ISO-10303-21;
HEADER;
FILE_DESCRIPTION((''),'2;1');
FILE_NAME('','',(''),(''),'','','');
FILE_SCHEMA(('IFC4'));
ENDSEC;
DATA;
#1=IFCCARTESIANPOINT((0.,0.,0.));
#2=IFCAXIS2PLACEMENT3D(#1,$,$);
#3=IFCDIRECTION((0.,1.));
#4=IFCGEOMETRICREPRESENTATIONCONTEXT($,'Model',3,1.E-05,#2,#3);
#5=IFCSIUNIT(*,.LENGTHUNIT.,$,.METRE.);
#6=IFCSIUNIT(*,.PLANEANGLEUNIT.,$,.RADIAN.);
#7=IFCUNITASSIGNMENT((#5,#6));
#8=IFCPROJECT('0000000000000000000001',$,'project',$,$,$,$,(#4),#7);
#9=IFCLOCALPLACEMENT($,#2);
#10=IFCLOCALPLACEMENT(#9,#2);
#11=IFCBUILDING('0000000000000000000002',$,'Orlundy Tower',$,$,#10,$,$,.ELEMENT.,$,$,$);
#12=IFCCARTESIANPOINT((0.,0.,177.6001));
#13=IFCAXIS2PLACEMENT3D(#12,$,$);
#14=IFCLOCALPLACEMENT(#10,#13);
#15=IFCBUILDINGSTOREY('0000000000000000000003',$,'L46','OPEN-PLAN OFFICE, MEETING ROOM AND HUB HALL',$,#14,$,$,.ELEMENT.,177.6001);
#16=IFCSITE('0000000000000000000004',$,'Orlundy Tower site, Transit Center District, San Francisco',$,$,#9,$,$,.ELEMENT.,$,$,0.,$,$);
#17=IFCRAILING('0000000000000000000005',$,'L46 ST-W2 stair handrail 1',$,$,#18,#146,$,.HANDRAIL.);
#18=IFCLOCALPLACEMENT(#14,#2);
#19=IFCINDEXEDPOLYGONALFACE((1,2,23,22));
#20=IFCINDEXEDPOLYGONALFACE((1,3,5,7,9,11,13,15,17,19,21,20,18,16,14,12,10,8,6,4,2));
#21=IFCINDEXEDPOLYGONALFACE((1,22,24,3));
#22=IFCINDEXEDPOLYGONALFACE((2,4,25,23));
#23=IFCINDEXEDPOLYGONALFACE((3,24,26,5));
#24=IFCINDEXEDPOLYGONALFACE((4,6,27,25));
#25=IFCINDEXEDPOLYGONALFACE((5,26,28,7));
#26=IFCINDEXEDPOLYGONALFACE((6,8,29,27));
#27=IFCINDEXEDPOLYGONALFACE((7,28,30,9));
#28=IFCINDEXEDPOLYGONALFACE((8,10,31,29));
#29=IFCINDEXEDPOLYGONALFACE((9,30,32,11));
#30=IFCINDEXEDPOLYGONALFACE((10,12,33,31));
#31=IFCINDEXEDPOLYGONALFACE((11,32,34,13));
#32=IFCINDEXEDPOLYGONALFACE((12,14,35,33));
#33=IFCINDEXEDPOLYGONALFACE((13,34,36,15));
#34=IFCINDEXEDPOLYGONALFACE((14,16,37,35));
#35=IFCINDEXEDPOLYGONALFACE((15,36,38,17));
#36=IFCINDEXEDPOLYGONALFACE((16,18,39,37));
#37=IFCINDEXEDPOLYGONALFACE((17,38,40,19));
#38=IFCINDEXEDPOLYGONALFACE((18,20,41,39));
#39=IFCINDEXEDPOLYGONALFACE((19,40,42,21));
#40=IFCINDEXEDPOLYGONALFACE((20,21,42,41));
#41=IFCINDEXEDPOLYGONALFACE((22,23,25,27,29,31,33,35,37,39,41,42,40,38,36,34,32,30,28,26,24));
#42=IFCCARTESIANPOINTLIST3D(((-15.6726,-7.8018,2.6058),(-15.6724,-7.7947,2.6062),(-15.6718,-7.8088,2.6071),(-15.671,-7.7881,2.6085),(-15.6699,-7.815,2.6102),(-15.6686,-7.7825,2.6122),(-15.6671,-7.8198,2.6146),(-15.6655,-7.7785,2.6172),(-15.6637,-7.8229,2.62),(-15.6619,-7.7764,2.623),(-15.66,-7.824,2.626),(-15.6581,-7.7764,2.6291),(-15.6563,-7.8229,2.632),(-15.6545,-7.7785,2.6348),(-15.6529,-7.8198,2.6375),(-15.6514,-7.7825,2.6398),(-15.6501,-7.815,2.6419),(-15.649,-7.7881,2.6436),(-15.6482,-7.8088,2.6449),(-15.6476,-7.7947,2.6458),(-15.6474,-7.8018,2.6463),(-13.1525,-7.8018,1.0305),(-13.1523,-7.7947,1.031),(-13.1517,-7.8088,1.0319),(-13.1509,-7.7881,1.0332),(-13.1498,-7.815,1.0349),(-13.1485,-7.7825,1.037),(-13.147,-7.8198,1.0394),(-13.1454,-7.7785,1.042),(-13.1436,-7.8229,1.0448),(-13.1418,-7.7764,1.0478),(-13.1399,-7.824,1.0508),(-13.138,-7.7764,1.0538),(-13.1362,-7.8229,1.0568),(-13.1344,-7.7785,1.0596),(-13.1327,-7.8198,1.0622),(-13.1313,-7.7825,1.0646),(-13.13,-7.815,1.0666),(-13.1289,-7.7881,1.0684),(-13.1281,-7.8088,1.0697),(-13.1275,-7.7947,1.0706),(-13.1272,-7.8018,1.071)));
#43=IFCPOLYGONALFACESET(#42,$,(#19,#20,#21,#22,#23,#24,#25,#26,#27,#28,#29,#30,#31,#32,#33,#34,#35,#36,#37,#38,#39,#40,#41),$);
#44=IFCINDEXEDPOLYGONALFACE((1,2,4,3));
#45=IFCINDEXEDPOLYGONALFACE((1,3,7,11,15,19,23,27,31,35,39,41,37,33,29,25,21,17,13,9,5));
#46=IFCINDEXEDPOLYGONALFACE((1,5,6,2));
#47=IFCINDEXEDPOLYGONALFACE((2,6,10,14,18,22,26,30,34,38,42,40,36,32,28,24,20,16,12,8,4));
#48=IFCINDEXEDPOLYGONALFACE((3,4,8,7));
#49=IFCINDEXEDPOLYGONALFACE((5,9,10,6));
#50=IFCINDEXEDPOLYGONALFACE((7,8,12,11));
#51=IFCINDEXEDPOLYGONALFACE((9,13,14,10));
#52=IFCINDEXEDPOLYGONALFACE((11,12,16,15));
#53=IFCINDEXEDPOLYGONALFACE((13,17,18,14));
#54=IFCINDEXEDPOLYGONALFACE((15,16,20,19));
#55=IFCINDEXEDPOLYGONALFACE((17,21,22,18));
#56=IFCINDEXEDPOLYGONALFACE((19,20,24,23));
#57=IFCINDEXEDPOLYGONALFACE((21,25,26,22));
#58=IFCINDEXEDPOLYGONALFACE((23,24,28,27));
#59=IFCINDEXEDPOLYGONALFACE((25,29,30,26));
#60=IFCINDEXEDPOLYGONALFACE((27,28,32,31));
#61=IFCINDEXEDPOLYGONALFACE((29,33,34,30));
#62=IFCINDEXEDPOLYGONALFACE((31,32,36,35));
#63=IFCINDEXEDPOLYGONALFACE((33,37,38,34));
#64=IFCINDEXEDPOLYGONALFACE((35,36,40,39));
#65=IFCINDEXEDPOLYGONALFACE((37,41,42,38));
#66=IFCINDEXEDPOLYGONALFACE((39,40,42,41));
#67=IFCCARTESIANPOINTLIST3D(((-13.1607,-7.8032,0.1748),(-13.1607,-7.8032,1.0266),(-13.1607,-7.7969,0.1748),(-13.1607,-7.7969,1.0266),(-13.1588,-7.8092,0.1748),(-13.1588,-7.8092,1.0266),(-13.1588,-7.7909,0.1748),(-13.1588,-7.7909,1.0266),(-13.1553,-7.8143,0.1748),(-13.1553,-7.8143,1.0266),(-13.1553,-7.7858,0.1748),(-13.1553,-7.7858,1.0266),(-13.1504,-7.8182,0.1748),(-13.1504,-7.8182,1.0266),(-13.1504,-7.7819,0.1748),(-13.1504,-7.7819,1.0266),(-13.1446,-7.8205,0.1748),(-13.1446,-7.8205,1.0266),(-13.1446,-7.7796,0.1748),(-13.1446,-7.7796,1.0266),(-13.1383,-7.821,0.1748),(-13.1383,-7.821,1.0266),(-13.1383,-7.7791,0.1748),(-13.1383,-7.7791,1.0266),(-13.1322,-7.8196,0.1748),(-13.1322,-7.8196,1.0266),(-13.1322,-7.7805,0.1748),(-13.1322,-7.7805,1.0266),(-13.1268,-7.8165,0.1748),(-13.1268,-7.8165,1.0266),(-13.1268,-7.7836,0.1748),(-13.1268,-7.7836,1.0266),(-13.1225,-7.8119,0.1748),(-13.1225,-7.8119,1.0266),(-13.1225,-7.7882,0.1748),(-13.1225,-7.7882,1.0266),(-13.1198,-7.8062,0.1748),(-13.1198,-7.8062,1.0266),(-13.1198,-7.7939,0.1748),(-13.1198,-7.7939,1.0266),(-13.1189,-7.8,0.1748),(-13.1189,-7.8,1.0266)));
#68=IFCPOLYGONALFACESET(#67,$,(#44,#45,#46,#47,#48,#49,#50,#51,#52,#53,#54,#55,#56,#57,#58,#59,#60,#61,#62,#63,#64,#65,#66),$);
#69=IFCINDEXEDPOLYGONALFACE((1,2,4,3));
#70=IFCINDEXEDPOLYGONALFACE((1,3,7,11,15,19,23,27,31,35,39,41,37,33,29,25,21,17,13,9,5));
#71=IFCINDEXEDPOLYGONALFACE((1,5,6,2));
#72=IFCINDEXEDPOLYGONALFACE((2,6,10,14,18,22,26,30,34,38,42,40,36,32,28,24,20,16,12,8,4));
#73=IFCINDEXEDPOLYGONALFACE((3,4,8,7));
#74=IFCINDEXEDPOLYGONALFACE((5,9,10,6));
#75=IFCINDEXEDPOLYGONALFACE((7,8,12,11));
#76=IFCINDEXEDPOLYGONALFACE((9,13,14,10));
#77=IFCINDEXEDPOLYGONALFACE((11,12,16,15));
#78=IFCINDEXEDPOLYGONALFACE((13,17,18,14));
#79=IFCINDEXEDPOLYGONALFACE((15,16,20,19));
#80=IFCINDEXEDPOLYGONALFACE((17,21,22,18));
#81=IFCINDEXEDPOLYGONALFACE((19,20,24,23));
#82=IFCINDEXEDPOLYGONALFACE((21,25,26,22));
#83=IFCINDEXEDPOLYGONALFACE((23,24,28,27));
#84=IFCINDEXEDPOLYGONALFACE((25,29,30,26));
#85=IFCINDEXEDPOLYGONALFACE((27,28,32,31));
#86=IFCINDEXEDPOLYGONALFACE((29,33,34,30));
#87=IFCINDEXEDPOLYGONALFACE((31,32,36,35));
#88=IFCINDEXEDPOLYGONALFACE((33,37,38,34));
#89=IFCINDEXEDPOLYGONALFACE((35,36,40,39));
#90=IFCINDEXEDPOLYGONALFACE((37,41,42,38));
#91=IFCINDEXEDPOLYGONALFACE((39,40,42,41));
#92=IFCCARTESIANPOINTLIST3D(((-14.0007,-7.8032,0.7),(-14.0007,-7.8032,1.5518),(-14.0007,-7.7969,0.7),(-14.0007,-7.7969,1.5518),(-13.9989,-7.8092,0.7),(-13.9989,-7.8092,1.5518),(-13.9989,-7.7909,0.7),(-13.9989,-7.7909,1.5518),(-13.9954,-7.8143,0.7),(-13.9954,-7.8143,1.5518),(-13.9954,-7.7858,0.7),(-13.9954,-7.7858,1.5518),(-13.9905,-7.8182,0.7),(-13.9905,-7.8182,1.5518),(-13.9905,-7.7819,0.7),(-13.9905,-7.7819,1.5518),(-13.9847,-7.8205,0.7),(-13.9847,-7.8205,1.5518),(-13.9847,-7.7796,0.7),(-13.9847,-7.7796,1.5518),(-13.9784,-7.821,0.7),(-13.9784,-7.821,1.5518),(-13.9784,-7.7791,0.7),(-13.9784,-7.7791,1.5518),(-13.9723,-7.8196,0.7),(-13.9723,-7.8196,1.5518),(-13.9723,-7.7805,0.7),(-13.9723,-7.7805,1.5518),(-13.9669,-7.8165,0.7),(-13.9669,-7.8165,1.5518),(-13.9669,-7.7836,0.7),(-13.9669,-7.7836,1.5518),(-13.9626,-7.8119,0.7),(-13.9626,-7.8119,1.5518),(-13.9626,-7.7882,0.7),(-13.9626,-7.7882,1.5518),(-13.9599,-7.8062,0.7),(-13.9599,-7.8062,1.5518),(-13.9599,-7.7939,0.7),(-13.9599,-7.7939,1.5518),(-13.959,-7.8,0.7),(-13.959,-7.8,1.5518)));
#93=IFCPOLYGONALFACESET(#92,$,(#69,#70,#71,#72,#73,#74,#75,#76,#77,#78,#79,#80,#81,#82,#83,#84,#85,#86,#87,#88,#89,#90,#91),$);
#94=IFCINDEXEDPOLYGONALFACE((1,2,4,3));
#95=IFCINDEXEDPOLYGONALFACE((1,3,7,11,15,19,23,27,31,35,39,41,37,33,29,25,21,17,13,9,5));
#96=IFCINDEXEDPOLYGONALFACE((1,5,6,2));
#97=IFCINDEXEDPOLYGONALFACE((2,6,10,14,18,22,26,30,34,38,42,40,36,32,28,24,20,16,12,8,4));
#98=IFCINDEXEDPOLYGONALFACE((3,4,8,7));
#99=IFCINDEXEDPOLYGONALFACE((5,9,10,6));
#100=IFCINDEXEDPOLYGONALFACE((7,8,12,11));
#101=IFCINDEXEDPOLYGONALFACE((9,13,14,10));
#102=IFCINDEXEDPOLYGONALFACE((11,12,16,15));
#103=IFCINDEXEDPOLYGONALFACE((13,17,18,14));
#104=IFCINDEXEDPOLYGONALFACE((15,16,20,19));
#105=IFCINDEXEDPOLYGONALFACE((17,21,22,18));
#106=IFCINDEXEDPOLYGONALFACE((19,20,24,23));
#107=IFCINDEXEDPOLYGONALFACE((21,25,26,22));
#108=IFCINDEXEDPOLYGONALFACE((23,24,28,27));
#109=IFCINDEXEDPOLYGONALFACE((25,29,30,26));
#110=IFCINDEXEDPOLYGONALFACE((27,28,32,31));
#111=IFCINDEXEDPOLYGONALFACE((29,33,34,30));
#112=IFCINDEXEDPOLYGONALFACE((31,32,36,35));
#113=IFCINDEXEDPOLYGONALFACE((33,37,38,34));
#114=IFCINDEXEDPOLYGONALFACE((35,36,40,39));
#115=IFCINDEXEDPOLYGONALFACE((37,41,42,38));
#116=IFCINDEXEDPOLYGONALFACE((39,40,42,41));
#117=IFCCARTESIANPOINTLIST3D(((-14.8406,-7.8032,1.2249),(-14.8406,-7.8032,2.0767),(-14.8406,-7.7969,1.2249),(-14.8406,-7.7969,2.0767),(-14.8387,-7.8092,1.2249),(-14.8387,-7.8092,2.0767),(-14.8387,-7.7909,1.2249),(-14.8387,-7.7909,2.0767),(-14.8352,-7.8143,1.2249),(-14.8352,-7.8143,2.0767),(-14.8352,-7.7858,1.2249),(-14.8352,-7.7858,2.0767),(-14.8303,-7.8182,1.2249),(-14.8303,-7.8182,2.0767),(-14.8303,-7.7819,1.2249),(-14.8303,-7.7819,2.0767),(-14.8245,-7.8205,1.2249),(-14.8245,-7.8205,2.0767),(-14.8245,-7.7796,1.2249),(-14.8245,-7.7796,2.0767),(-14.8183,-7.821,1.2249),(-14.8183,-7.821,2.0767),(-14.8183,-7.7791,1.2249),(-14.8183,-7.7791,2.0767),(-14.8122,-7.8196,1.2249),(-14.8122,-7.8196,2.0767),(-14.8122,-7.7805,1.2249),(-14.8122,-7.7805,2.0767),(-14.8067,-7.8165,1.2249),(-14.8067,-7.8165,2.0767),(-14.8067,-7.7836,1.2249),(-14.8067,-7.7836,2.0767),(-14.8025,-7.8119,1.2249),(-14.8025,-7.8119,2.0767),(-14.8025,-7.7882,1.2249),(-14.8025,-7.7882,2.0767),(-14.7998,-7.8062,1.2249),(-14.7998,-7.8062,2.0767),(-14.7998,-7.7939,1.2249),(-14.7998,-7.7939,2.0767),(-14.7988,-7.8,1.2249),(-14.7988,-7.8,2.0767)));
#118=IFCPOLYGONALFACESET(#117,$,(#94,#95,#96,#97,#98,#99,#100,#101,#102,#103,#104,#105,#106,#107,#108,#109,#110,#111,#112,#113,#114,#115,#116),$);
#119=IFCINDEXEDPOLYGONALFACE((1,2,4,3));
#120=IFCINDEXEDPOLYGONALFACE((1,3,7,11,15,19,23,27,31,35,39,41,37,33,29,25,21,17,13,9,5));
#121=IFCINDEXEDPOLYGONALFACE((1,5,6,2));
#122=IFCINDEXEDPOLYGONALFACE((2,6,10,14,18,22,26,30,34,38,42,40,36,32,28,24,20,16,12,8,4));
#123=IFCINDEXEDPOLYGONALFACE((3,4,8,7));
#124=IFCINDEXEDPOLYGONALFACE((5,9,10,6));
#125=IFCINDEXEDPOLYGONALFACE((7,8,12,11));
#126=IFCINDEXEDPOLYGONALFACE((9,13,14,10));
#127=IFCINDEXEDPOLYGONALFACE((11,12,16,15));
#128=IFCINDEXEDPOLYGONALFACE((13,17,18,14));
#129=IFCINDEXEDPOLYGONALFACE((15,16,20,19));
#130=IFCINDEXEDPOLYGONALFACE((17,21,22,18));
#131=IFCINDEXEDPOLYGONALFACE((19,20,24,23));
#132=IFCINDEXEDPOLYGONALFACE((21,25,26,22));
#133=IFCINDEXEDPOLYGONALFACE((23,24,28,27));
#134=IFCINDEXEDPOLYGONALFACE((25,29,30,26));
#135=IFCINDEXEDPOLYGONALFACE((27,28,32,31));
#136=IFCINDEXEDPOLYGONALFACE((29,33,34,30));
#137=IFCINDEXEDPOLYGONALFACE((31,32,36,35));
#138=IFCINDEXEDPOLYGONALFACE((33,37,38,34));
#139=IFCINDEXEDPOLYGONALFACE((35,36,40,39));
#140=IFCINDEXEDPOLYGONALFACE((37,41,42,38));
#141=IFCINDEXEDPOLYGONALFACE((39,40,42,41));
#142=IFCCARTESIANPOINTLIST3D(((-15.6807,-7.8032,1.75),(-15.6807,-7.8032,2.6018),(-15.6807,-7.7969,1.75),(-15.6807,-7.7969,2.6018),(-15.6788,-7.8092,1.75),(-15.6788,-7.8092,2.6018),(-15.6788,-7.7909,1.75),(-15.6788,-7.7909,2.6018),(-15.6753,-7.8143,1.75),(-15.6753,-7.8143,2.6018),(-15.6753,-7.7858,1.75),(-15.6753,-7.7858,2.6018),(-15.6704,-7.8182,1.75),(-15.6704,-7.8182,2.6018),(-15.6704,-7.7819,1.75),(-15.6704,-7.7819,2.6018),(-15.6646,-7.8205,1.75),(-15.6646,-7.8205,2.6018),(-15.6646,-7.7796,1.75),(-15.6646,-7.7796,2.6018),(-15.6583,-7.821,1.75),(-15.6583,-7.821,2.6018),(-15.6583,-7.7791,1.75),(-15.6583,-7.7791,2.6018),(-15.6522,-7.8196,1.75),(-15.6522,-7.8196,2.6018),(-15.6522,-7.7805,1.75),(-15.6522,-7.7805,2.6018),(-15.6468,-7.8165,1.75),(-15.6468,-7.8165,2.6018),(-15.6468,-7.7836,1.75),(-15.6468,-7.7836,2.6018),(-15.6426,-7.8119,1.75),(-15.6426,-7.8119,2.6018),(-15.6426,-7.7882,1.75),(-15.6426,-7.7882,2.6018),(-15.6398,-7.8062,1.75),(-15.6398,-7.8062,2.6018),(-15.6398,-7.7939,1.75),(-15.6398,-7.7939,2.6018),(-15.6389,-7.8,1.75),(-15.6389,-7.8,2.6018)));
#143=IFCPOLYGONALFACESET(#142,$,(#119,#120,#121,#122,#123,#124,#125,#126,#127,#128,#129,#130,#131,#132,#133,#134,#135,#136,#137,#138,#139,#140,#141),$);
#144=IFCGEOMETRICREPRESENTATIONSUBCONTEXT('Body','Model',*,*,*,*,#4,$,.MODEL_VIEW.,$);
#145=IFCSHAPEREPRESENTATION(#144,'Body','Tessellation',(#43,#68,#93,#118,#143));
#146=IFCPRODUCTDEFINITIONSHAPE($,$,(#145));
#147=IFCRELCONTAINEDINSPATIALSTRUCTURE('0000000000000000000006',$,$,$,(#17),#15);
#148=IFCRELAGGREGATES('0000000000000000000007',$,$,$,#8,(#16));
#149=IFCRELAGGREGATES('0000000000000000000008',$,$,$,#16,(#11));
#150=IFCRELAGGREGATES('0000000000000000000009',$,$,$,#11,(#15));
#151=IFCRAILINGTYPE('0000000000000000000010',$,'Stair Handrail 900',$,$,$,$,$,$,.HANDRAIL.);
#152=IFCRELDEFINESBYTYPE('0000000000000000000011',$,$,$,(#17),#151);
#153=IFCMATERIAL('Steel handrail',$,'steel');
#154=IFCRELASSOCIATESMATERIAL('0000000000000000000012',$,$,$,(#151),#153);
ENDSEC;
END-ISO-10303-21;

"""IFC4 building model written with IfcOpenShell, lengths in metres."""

from ifc_helpers import new_model, si_unit, direction, frame, origin, origin_2d, place, context, subcontext, project, spatial, circle, extrude, material, type_object, element, save


model = new_model("IFC4")

# Units and contexts
model_context = context("Model", 3, precision=1e-05, world=origin(), true_north=direction((0.0, 1.0)))
body_context = subcontext(model_context, "Body", "Model", "MODEL_VIEW")
ifc_project = project(units=[si_unit("LENGTHUNIT", "METRE"), si_unit("PLANEANGLEUNIT", "RADIAN")], contexts=[model_context])

# Site, building, storey
site_placement = place(None, origin())
site = spatial("IfcSite", under=ifc_project, at=site_placement, Name="Orlundy Tower site, Transit Center District, San Francisco", CompositionType="ELEMENT", RefElevation=0.0)
building_placement = place(site_placement, origin())
building = spatial("IfcBuilding", under=site, at=building_placement, Name="Orlundy Tower", CompositionType="ELEMENT")
storey_placement = place(building_placement, frame((0.0, 0.0, 177.6001)))
storey = spatial("IfcBuildingStorey", under=building, at=storey_placement, Name="L46", Description="OPEN-PLAN OFFICE, MEETING ROOM AND HUB HALL", CompositionType="ELEMENT", Elevation=177.6001)

# Railing
ifc_material_1 = material(Name="Steel handrail", Category="steel")
railing_type_1 = type_object("IfcRailingType", Name="Stair Handrail 900", PredefinedType="HANDRAIL", material=ifc_material_1)
railing_1_placement = place(storey_placement, frame((-13.1399, -7.8, 0.1748)))
element("IfcRailing", 1, at=railing_1_placement, inside=storey, type_object=railing_type_1, Name="L46 ST-W2 stair handrail 1", PredefinedType="HANDRAIL", context=body_context, shape_type="SweptSolid", body=[
    extrude(circle(Radius=0.0239, at=origin_2d()), frame((0.0, 0.0, 0.876), z_axis=(-0.847971, 0.0, 0.530043), x_axis=(0.0, -1.0, 0.0)), (0.0, 0.0, 1.0), 2.9719),
    extrude(circle(Radius=0.021, at=origin_2d()), origin(), (0.0, 0.0, 1.0), 0.8518),
    extrude(circle(Radius=0.021, at=origin_2d()), frame((-0.8401, 0.0, 0.5251)), (0.0, 0.0, 1.0), 0.8518),
    extrude(circle(Radius=0.021, at=origin_2d()), frame((-1.6799, 0.0, 1.05)), (0.0, 0.0, 1.0), 0.8518),
    extrude(circle(Radius=0.021, at=origin_2d()), frame((-2.52, 0.0, 1.5752)), (0.0, 0.0, 1.0), 0.8518),
])

save(model, "model.ifc")
